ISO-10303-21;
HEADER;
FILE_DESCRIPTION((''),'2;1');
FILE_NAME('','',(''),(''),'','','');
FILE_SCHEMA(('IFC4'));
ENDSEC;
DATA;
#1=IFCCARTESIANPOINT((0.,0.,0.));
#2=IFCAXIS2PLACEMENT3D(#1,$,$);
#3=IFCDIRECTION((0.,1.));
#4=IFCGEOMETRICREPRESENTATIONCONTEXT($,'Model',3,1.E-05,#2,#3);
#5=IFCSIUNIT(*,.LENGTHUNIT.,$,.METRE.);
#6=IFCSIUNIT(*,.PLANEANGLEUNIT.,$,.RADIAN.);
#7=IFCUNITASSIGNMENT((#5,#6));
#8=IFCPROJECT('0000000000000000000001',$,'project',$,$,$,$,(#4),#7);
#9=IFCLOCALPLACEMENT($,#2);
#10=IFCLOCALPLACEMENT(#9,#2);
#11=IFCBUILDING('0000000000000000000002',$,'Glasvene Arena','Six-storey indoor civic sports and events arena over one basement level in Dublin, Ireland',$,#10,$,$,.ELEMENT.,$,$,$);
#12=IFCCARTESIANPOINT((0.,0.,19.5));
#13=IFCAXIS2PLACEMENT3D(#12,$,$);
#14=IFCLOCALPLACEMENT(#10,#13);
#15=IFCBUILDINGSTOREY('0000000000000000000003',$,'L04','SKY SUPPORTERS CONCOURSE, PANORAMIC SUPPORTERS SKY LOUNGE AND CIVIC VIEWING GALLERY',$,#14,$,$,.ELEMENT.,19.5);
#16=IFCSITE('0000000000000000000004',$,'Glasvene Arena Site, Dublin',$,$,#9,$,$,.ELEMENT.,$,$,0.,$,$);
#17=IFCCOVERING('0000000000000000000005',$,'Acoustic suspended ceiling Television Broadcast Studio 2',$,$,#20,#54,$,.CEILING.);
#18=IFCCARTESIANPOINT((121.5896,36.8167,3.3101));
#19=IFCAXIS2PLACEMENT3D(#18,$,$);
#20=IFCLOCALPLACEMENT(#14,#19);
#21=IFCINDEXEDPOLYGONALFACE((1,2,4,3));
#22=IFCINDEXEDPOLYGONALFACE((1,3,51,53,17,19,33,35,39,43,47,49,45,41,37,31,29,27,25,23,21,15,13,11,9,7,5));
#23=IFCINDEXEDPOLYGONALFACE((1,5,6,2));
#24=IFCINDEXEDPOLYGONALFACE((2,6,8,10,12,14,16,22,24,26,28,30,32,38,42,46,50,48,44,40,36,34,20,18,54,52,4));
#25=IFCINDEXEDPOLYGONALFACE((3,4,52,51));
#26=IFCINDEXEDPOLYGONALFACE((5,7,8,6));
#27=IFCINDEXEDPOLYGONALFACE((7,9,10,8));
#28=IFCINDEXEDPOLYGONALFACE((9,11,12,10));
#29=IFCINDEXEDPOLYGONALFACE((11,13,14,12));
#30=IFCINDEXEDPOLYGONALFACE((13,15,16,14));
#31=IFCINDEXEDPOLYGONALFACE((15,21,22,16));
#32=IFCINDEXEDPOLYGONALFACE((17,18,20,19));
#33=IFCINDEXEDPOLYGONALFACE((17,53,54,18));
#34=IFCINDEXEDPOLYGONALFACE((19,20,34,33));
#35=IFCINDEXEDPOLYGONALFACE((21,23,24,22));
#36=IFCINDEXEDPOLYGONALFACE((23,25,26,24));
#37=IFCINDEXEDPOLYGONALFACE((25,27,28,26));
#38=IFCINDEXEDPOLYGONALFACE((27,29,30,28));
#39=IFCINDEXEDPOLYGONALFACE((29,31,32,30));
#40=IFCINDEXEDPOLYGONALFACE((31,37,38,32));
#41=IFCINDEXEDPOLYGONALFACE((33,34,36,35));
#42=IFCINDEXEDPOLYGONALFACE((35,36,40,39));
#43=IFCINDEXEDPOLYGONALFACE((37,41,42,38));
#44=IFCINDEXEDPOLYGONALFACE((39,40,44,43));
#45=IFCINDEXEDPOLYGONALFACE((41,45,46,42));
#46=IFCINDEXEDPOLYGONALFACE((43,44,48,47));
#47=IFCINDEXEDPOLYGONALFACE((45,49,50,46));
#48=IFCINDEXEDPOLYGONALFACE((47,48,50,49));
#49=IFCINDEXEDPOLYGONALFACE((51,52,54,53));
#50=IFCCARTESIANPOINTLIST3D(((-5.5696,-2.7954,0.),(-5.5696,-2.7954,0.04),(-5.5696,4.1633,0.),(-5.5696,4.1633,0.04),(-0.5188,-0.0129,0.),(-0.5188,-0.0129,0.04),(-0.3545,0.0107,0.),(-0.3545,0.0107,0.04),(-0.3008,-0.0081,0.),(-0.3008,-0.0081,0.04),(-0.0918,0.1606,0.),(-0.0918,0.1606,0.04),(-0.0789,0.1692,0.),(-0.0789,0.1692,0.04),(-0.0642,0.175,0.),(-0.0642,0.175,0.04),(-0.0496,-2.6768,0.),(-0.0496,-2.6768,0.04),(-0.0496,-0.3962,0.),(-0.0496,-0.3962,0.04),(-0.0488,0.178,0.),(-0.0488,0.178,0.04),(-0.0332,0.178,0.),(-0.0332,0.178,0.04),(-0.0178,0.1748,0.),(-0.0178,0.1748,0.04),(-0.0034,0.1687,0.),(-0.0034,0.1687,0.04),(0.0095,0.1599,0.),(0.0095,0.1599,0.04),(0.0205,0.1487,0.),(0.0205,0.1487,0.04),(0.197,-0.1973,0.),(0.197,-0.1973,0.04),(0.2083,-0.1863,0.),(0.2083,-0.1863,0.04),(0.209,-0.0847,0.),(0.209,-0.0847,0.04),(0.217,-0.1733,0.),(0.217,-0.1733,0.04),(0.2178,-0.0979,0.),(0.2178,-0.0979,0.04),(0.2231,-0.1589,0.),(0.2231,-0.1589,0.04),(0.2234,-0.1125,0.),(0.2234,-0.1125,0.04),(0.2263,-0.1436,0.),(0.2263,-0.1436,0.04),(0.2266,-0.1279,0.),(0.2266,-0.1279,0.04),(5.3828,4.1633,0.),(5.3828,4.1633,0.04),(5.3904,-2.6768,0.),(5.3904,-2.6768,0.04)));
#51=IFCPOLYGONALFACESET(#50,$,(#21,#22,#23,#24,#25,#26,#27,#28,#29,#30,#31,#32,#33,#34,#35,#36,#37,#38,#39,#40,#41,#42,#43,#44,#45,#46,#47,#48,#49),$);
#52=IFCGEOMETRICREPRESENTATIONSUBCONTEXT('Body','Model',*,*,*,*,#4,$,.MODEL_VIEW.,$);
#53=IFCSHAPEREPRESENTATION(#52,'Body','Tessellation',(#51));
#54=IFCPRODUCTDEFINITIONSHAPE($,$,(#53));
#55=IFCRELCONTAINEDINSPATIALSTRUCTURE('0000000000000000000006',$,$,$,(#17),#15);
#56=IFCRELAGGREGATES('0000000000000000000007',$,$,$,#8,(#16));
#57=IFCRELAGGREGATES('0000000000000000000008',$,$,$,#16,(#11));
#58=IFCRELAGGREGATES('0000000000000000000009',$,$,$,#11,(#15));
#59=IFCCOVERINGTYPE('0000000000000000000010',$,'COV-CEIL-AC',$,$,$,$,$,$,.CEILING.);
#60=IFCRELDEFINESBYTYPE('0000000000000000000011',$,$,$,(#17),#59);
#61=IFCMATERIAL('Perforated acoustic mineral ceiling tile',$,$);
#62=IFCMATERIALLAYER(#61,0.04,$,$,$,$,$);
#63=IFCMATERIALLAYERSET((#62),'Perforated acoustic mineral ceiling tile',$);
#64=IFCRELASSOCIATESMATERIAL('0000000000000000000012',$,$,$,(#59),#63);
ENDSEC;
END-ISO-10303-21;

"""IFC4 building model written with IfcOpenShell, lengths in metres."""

from ifc_helpers import new_model, si_unit, direction, frame, origin, place, context, subcontext, project, spatial, polyline, outline, extrude, material, layer, layer_set, type_object, element, save


model = new_model("IFC4")

# Units and contexts
model_context = context("Model", 3, precision=1e-05, world=origin(), true_north=direction((0.0, 1.0)))
body_context = subcontext(model_context, "Body", "Model", "MODEL_VIEW")
ifc_project = project(units=[si_unit("LENGTHUNIT", "METRE"), si_unit("PLANEANGLEUNIT", "RADIAN")], contexts=[model_context])

# Site, building, storey
site_placement = place(None, origin())
site = spatial("IfcSite", under=ifc_project, at=site_placement, Name="Glasvene Arena Site, Dublin", CompositionType="ELEMENT", RefElevation=0.0)
building_placement = place(site_placement, origin())
building = spatial("IfcBuilding", under=site, at=building_placement, Name="Glasvene Arena", Description="Six-storey indoor civic sports and events arena over one basement level in Dublin, Ireland", CompositionType="ELEMENT")
storey_placement = place(building_placement, frame((0.0, 0.0, 19.5)))
storey = spatial("IfcBuildingStorey", under=building, at=storey_placement, Name="L04", Description="SKY SUPPORTERS CONCOURSE, PANORAMIC SUPPORTERS SKY LOUNGE AND CIVIC VIEWING GALLERY", CompositionType="ELEMENT", Elevation=19.5)

# Covering
ifc_material_1 = material(Name="Perforated acoustic mineral ceiling tile")
ifc_layer_1 = layer(ifc_material_1, 0.04)
ifc_layer_set_1 = layer_set([ifc_layer_1], Name="Perforated acoustic mineral ceiling tile")
covering_type = type_object("IfcCoveringType", Name="COV-CEIL-AC", PredefinedType="CEILING", material=ifc_layer_set_1)
covering_placement = place(storey_placement, frame((121.5896, 36.8167, 3.3101)))
element("IfcCovering", 1, at=covering_placement, inside=storey, type_object=covering_type, Name="Acoustic suspended ceiling Television Broadcast Studio 2", PredefinedType="CEILING", context=body_context, shape_type="SweptSolid", body=[
    extrude(outline(polyline([(-0.3545, 0.0107), (-0.5188, -0.0129), (-5.5696, -2.7954), (-5.5696, 4.1633), (5.3828, 4.1633), (5.3904, -2.6768), (-0.0496, -2.6768), (-0.0496, -0.3962), (0.197, -0.1973), (0.2083, -0.1863), (0.217, -0.1733), (0.2231, -0.1589), (0.2263, -0.1436), (0.2266, -0.1279), (0.2234, -0.1125), (0.2178, -0.0979), (0.209, -0.0847), (0.0205, 0.1487), (0.0095, 0.1599), (-0.0034, 0.1687), (-0.0178, 0.1748), (-0.0332, 0.178), (-0.0488, 0.178), (-0.0642, 0.175), (-0.0789, 0.1692), (-0.0918, 0.1606), (-0.3008, -0.0081), (-0.3545, 0.0107)])), origin(), (0.0, 0.0, 1.0), 0.04),
])

save(model, "model.ifc")
